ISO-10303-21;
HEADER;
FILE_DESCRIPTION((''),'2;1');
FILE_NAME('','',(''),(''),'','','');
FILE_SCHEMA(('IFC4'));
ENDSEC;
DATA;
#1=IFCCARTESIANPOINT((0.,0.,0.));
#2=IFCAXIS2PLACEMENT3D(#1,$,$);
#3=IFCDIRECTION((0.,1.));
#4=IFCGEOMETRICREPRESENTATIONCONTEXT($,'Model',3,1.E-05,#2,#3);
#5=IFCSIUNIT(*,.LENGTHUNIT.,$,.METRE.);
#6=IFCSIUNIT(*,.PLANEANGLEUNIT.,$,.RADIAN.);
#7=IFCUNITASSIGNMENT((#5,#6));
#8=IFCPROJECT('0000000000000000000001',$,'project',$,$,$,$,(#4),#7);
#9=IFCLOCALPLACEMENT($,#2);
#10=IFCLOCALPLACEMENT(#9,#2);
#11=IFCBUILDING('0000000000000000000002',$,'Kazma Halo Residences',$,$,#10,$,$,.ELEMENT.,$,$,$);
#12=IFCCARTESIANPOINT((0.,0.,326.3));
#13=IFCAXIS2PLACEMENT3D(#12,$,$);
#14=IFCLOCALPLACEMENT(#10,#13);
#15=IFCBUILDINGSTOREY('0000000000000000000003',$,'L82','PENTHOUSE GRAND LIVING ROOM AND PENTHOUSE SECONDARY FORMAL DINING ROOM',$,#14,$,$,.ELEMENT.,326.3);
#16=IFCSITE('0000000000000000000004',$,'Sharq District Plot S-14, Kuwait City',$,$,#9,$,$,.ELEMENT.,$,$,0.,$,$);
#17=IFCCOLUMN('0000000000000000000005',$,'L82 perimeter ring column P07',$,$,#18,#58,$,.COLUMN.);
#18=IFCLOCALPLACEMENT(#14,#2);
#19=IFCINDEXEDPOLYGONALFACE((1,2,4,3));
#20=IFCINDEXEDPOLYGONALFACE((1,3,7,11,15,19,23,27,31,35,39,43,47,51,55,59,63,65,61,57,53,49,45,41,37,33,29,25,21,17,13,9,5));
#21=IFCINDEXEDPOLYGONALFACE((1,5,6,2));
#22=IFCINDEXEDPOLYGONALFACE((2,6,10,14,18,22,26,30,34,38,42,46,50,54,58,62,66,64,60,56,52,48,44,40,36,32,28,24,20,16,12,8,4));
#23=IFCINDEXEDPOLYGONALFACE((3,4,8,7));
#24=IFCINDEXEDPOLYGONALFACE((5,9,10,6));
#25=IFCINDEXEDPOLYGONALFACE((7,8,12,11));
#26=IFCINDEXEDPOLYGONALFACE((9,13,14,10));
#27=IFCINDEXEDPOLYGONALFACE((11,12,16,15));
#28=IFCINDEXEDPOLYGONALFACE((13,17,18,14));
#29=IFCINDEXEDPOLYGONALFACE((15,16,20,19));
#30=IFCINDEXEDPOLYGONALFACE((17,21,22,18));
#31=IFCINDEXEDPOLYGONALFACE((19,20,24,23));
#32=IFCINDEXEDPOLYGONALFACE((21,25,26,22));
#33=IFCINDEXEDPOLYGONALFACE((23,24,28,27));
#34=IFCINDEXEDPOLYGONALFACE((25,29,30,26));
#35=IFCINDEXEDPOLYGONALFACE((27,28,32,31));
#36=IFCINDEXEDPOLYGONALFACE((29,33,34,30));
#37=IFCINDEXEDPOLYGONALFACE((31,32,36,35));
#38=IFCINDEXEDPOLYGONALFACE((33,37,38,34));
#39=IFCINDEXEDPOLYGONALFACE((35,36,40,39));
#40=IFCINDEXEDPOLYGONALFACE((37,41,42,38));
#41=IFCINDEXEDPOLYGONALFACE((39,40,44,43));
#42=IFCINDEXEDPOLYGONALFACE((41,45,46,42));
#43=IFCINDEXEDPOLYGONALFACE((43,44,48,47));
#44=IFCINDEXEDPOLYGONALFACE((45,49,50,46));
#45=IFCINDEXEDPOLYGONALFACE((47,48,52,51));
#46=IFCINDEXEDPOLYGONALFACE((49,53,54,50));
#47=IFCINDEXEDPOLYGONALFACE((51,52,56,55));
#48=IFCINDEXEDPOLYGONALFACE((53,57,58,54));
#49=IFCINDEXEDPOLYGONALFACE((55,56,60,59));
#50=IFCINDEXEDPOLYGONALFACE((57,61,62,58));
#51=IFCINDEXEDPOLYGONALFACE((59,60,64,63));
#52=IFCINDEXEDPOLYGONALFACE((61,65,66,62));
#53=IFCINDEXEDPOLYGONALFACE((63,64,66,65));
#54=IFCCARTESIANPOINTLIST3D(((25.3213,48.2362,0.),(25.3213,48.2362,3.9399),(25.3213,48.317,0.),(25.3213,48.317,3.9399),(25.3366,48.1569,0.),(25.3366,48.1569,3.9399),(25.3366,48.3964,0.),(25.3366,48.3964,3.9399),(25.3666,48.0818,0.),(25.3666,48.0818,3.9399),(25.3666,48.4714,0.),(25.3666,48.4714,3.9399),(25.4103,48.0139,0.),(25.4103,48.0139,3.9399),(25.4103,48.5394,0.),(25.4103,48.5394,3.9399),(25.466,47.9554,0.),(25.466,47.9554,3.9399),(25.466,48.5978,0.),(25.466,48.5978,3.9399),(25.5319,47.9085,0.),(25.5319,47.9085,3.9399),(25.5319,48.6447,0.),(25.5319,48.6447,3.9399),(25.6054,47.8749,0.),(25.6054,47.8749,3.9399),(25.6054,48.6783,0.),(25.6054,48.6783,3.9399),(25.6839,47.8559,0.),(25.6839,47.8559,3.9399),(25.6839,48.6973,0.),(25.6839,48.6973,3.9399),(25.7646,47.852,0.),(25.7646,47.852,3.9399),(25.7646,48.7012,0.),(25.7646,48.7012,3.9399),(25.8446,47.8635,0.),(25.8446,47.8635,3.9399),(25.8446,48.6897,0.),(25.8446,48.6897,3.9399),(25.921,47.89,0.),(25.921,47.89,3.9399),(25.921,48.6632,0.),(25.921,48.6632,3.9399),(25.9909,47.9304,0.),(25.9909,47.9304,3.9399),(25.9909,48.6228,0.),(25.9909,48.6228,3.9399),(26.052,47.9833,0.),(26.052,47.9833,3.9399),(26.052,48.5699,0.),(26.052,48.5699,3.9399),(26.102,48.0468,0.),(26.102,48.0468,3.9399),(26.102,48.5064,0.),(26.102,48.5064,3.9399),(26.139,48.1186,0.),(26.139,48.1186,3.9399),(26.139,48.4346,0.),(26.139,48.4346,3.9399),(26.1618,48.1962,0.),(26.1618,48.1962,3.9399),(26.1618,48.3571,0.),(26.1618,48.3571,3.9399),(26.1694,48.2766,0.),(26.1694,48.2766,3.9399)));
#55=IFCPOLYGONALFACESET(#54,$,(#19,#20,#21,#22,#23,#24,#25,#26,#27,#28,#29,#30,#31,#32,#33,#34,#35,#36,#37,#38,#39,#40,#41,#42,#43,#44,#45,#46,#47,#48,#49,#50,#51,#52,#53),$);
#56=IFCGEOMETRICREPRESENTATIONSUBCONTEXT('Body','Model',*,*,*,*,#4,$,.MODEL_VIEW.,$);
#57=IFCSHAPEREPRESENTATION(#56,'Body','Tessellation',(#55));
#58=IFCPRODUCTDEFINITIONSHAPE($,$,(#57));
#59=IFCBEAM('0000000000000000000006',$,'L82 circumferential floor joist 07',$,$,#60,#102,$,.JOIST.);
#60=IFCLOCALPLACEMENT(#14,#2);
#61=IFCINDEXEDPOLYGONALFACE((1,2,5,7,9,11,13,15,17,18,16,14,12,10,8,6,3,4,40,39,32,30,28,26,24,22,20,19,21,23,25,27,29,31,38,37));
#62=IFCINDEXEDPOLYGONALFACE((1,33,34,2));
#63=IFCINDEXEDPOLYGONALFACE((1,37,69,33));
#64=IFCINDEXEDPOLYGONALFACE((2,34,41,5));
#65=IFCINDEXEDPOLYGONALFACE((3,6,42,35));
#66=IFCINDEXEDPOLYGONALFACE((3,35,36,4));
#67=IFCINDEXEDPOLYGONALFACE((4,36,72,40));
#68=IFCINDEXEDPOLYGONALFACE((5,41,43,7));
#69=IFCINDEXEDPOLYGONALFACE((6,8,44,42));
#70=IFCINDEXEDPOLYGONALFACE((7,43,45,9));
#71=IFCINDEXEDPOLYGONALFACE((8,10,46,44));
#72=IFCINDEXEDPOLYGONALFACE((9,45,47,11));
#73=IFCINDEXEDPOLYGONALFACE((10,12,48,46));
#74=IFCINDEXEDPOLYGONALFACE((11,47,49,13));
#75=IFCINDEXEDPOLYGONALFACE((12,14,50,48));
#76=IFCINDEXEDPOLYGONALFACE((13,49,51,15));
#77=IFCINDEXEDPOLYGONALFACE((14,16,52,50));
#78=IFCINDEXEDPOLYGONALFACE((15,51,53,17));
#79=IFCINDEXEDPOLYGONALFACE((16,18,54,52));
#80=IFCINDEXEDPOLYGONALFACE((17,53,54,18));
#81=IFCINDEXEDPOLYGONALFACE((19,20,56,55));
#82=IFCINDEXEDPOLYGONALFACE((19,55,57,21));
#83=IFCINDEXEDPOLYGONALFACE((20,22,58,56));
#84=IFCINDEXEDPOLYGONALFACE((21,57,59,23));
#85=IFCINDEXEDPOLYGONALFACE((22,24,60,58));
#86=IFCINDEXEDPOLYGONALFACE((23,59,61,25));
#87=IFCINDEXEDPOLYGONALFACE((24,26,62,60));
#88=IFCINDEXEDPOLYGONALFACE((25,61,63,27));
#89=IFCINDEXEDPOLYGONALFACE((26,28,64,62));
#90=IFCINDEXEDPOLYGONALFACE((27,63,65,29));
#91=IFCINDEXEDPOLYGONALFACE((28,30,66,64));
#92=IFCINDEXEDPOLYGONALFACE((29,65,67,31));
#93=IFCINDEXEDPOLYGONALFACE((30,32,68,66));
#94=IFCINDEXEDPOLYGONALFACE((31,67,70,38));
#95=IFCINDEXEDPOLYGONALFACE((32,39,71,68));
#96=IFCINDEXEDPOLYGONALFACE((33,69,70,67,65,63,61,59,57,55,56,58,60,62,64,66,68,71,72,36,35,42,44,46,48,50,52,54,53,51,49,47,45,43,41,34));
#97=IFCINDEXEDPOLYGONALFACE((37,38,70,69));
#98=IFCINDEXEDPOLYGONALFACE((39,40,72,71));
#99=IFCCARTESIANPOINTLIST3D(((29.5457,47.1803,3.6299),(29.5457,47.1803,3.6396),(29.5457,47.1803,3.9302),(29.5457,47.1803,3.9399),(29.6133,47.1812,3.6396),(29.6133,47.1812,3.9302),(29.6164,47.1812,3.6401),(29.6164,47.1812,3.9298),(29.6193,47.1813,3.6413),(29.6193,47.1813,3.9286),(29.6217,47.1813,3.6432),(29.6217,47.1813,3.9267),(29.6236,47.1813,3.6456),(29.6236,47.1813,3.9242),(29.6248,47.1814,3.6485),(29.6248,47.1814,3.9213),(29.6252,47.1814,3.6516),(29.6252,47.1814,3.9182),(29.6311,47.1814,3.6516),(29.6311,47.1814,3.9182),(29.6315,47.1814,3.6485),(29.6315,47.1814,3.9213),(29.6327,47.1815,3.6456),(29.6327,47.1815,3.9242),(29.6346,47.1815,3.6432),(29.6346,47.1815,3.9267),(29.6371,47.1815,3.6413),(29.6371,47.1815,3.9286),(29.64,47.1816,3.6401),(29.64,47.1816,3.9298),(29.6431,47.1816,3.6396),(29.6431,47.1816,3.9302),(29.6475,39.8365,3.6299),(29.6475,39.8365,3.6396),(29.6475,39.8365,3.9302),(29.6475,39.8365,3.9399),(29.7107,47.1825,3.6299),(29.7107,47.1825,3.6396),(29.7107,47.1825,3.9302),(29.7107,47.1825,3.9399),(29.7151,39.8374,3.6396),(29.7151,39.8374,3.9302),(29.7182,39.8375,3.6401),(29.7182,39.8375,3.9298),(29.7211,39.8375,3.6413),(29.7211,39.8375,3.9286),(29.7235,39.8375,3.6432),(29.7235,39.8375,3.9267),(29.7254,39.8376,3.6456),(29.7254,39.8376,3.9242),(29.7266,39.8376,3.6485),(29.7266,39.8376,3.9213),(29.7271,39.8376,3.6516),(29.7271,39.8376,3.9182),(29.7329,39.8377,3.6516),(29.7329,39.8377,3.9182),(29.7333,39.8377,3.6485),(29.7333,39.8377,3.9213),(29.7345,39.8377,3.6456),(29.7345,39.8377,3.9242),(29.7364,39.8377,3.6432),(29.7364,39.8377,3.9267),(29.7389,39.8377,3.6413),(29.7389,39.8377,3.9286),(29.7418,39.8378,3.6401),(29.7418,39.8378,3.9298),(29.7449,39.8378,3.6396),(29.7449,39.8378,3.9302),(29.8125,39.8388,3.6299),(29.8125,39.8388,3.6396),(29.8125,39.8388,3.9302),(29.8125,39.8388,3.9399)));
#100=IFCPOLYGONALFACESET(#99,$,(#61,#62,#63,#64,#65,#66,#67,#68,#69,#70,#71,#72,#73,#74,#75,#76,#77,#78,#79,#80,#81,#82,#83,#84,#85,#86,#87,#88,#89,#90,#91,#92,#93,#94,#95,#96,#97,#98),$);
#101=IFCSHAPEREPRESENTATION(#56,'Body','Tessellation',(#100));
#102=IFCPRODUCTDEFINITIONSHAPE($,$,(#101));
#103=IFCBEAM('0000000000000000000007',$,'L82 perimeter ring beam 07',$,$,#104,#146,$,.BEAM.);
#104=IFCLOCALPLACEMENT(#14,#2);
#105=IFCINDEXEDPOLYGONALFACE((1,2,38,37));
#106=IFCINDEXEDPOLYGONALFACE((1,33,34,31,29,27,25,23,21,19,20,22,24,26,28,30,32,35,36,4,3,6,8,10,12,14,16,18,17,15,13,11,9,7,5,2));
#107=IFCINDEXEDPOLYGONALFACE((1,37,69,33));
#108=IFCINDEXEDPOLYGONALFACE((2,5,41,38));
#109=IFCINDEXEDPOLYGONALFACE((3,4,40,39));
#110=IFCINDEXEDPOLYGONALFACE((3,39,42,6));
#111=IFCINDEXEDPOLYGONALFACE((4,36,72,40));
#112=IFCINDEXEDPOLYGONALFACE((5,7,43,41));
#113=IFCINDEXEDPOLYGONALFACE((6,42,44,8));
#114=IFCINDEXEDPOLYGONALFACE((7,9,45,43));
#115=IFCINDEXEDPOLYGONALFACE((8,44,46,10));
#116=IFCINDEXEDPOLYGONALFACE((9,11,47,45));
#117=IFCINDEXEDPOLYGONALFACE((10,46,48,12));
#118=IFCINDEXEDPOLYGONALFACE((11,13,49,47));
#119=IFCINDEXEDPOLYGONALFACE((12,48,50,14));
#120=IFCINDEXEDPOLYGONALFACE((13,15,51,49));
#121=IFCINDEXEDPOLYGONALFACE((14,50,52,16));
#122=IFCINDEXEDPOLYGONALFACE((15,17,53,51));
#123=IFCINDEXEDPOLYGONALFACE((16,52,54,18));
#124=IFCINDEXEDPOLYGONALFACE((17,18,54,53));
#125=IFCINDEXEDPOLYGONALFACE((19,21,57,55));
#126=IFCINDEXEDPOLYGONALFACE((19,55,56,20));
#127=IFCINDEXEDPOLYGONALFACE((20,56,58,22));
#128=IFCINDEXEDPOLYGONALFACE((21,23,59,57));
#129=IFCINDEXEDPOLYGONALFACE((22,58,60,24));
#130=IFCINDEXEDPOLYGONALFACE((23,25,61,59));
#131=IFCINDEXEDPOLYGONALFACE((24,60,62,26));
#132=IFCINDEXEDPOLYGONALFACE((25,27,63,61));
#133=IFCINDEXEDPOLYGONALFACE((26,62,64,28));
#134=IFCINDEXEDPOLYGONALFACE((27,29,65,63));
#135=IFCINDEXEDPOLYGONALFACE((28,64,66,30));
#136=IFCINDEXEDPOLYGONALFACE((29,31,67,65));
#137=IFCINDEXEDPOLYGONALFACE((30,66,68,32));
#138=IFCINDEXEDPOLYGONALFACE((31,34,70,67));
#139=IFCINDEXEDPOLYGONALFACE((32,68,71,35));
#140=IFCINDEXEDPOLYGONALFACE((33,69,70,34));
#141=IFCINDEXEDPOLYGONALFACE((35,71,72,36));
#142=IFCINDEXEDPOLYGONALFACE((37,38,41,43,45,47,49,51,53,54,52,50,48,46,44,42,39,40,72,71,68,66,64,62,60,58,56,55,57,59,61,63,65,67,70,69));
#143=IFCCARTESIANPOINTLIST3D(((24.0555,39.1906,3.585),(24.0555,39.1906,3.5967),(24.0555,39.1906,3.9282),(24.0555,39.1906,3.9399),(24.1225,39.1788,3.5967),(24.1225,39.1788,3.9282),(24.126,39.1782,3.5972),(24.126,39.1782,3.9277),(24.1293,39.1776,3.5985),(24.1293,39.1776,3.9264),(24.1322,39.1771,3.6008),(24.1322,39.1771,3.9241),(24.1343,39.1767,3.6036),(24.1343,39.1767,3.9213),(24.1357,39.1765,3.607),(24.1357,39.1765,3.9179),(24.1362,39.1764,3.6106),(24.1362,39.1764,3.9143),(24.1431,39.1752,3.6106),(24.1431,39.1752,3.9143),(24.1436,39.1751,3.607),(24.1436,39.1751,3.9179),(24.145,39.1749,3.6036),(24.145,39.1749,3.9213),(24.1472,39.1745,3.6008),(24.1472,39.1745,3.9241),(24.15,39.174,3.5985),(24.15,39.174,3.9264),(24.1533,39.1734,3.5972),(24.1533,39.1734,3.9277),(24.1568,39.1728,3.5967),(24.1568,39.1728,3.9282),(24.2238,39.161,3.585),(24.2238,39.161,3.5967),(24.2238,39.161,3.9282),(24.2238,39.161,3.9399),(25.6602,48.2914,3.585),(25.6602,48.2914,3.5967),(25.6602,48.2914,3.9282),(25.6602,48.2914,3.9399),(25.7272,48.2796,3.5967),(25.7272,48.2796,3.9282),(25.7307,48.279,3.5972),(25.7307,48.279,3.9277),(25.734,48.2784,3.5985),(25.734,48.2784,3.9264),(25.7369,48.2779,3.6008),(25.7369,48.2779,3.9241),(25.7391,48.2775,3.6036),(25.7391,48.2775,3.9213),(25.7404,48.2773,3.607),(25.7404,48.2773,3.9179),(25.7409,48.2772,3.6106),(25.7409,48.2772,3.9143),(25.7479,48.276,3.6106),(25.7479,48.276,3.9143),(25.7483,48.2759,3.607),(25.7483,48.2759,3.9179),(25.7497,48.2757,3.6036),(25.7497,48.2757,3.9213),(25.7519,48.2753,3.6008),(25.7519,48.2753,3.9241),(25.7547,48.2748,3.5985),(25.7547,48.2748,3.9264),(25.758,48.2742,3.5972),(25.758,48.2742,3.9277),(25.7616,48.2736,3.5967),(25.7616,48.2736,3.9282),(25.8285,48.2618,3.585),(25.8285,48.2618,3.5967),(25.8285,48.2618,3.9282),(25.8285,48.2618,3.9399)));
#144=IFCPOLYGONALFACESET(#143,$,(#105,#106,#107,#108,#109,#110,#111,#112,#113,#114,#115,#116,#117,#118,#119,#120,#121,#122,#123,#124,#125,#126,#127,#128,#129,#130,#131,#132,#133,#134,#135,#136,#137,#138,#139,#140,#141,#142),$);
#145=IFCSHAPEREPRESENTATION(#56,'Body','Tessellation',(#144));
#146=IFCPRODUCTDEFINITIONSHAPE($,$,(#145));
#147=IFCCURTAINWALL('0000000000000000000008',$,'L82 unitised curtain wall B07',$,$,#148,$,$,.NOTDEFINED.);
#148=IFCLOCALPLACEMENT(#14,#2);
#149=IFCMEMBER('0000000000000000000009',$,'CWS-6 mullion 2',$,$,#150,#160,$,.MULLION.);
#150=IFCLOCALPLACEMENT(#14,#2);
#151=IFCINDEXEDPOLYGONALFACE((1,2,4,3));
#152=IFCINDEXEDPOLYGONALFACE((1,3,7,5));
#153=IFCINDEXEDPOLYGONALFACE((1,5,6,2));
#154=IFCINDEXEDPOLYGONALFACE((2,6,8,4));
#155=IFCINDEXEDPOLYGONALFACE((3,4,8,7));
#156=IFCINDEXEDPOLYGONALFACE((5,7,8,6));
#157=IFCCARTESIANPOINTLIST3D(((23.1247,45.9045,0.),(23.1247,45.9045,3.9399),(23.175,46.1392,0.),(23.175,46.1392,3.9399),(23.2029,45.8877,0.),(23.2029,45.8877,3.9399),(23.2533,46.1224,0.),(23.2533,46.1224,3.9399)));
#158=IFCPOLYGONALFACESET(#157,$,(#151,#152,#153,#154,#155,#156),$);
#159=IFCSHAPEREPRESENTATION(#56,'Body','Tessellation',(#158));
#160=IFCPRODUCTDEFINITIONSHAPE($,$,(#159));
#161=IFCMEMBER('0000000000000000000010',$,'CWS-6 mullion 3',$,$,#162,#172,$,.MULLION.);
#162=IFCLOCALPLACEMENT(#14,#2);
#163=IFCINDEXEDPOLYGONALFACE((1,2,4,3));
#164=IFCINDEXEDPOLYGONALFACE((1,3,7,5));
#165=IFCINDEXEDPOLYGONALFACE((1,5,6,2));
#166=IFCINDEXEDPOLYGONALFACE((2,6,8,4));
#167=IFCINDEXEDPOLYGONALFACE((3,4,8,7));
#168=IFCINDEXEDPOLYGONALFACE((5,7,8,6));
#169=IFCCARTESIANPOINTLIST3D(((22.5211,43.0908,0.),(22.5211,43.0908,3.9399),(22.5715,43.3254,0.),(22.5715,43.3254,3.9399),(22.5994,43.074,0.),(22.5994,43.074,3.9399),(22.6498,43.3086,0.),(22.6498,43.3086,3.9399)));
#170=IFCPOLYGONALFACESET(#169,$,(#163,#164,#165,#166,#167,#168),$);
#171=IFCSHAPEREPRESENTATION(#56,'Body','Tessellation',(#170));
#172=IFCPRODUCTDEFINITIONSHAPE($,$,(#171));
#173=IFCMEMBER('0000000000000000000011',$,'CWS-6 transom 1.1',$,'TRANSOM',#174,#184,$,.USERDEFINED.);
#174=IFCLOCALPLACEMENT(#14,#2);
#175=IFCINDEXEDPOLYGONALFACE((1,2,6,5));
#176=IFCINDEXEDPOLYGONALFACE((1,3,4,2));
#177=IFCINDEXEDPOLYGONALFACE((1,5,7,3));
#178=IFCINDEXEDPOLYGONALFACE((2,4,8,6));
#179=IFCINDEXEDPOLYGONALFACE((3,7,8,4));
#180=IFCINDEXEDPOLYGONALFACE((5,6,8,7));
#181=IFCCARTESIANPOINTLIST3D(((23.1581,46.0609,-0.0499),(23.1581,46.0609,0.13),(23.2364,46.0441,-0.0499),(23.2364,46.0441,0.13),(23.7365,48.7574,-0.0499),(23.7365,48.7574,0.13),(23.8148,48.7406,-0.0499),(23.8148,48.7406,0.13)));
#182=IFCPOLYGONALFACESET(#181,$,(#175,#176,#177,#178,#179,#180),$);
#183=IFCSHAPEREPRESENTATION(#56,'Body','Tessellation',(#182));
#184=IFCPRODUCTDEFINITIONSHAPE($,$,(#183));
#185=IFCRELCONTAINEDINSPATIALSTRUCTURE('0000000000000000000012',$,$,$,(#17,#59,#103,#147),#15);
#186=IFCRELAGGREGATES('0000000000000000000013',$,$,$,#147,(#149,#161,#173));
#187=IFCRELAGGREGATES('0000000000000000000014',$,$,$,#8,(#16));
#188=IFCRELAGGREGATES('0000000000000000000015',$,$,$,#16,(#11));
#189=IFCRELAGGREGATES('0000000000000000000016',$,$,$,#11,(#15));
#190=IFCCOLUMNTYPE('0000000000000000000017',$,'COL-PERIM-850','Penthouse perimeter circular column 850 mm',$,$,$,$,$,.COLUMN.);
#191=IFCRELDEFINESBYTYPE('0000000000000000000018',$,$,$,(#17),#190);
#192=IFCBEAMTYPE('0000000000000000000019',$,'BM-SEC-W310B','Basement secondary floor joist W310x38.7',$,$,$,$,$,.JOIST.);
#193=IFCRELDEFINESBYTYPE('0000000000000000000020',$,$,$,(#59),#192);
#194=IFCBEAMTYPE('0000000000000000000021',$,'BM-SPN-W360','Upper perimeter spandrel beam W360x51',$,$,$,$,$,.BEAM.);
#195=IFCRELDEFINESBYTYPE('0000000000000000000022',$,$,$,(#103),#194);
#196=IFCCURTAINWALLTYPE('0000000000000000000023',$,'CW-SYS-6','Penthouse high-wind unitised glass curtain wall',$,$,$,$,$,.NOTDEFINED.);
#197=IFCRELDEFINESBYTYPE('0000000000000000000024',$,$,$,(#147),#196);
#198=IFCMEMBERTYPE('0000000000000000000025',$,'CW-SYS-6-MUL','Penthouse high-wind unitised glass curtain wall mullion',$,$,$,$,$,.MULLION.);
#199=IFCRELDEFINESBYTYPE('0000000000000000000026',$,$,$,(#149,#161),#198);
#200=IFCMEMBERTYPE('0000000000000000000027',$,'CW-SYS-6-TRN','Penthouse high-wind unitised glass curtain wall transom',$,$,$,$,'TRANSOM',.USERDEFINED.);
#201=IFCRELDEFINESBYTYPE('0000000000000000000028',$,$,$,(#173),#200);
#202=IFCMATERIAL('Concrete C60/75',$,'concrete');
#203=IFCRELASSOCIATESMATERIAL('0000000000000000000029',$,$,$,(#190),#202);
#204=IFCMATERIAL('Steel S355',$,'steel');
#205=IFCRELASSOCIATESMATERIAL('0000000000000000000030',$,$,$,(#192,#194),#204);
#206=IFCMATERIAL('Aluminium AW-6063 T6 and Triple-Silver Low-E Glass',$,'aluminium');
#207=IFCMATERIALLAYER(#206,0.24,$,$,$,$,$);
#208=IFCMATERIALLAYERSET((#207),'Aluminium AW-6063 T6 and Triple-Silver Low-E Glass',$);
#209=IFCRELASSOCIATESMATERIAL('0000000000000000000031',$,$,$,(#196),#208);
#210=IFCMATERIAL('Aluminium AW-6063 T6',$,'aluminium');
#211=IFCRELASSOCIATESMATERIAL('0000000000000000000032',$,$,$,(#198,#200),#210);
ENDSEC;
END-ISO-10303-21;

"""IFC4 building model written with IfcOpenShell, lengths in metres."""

from ifc_helpers import new_model, si_unit, direction, frame, origin, origin_2d, place, context, subcontext, project, spatial, rectangle, circle, i_section, extrude, material, layer, layer_set, material_profile, profile_set, type_object, element, aggregate, save


model = new_model("IFC4")

# Units and contexts
model_context = context("Model", 3, precision=1e-05, world=origin(), true_north=direction((0.0, 1.0)))
body_context = subcontext(model_context, "Body", "Model", "MODEL_VIEW")
ifc_project = project(units=[si_unit("LENGTHUNIT", "METRE"), si_unit("PLANEANGLEUNIT", "RADIAN")], contexts=[model_context])

# Site, building, storey
site_placement = place(None, origin())
site = spatial("IfcSite", under=ifc_project, at=site_placement, Name="Sharq District Plot S-14, Kuwait City", CompositionType="ELEMENT", RefElevation=0.0)
building_placement = place(site_placement, origin())
building = spatial("IfcBuilding", under=site, at=building_placement, Name="Kazma Halo Residences", CompositionType="ELEMENT")
storey_placement = place(building_placement, frame((0.0, 0.0, 326.3)))
storey = spatial("IfcBuildingStorey", under=building, at=storey_placement, Name="L82", Description="PENTHOUSE GRAND LIVING ROOM AND PENTHOUSE SECONDARY FORMAL DINING ROOM", CompositionType="ELEMENT", Elevation=326.3)

# Column
ifc_material_1 = material(Name="Concrete C60/75", Category="concrete")
ifc_material_profile_1 = material_profile(ifc_material_1, circle(Radius=0.425, at=origin_2d()), Name="CIRC850")
ifc_profile_set_1 = profile_set([ifc_material_profile_1], Name="Concrete C60/75")
column_type = type_object("IfcColumnType", Name="COL-PERIM-850", Description="Penthouse perimeter circular column 850 mm", PredefinedType="COLUMN", material=ifc_profile_set_1)
column_placement = place(storey_placement, frame((25.7444, 48.2766, 0.0), z_axis=(0.0, 0.0, 1.0), x_axis=(1.0, 0.0, 0.0)))
element("IfcColumn", 1, at=column_placement, inside=storey, type_object=column_type, Name="L82 perimeter ring column P07", PredefinedType="COLUMN", context=body_context, shape_type="SweptSolid", body=[
    extrude(circle(Radius=0.425, at=origin_2d()), origin(), (0.0, 0.0, 1.0), 3.9399),
])

# Beams
ifc_material_2 = material(Name="Steel S355", Category="steel")
ifc_material_profile_2 = material_profile(ifc_material_2, i_section(OverallWidth=0.165, OverallDepth=0.3101, WebThickness=0.0059, FlangeThickness=0.0098, FilletRadius=0.012, at=origin_2d()), Name="W310x38.7")
ifc_profile_set_2 = profile_set([ifc_material_profile_2], Name="Steel S355")
beam_type_1 = type_object("IfcBeamType", Name="BM-SEC-W310B", Description="Basement secondary floor joist W310x38.7", PredefinedType="JOIST", material=ifc_profile_set_2)
beam_1_placement = place(storey_placement, frame((29.6282, 47.1814, 3.7849), z_axis=(0.013862, -0.999904, 0.0), x_axis=(0.999904, 0.013862, 0.0)))
element("IfcBeam", 2, at=beam_1_placement, inside=storey, type_object=beam_type_1, Name="L82 circumferential floor joist 07", PredefinedType="JOIST", context=body_context, shape_type="SweptSolid", body=[
    extrude(i_section(OverallWidth=0.165, OverallDepth=0.3101, WebThickness=0.0059, FlangeThickness=0.0098, FilletRadius=0.012, at=origin_2d()), origin(), (0.0, 0.0, 1.0), 7.3445),
])
ifc_material_profile_3 = material_profile(ifc_material_2, i_section(OverallWidth=0.1709, OverallDepth=0.355, WebThickness=0.0071, FlangeThickness=0.0117, FilletRadius=0.0139, at=origin_2d()), Name="W360x51")
ifc_profile_set_3 = profile_set([ifc_material_profile_3], Name="Steel S355")
beam_type_2 = type_object("IfcBeamType", Name="BM-SPN-W360", Description="Upper perimeter spandrel beam W360x51", PredefinedType="BEAM", material=ifc_profile_set_3)
beam_2_placement = place(storey_placement, frame((25.7444, 48.2766, 3.7625), z_axis=(-0.17365, -0.984807, 0.0), x_axis=(0.984807, -0.17365, 0.0)))
element("IfcBeam", 3, at=beam_2_placement, inside=storey, type_object=beam_type_2, Name="L82 perimeter ring beam 07", PredefinedType="BEAM", context=body_context, shape_type="SweptSolid", body=[
    extrude(i_section(OverallWidth=0.1709, OverallDepth=0.355, WebThickness=0.0071, FlangeThickness=0.0117, FilletRadius=0.0139, at=origin_2d()), origin(), (0.0, 0.0, 1.0), 9.2412),
])

# Curtain wall, members
ifc_material_3 = material(Name="Aluminium AW-6063 T6 and Triple-Silver Low-E Glass", Category="aluminium")
ifc_layer_1 = layer(ifc_material_3, 0.24)
ifc_layer_set_1 = layer_set([ifc_layer_1], Name="Aluminium AW-6063 T6 and Triple-Silver Low-E Glass")
curtain_wall_type = type_object("IfcCurtainWallType", Name="CW-SYS-6", Description="Penthouse high-wind unitised glass curtain wall", PredefinedType="NOTDEFINED", material=ifc_layer_set_1)
curtain_wall_placement = place(storey_placement, origin())
curtain_wall = element("IfcCurtainWall", 4, at=curtain_wall_placement, inside=storey, type_object=curtain_wall_type, Name="L82 unitised curtain wall B07", PredefinedType="NOTDEFINED")
ifc_material_4 = material(Name="Aluminium AW-6063 T6", Category="aluminium")
ifc_material_profile_4 = material_profile(ifc_material_4, rectangle(XDim=0.0801, YDim=0.24, at=origin_2d()), Name="CWM-80x240")
ifc_profile_set_4 = profile_set([ifc_material_profile_4], Name="Aluminium AW-6063 T6")
member_type_1 = type_object("IfcMemberType", Name="CW-SYS-6-MUL", Description="Penthouse high-wind unitised glass curtain wall mullion", PredefinedType="MULLION", material=ifc_profile_set_4)
member_1_placement = place(storey_placement, frame((23.189, 46.0134, 0.0), z_axis=(0.0, 0.0, 1.0), x_axis=(0.977761, -0.209723, 0.0)))
member_1 = element("IfcMember", 5, at=member_1_placement, type_object=member_type_1, Name="CWS-6 mullion 2", PredefinedType="MULLION", context=body_context, shape_type="SweptSolid", body=[
    extrude(rectangle(XDim=0.0801, YDim=0.24, at=origin_2d()), origin(), (0.0, 0.0, 1.0), 3.9399),
])
member_2_placement = place(storey_placement, frame((22.5854, 43.1997, 0.0), z_axis=(0.0, 0.0, 1.0), x_axis=(0.977761, -0.209723, 0.0)))
member_2 = element("IfcMember", 6, at=member_2_placement, type_object=member_type_1, Name="CWS-6 mullion 3", PredefinedType="MULLION", context=body_context, shape_type="SweptSolid", body=[
    extrude(rectangle(XDim=0.0801, YDim=0.24, at=origin_2d()), origin(), (0.0, 0.0, 1.0), 3.9399),
])
ifc_material_profile_5 = material_profile(ifc_material_4, rectangle(XDim=0.0801, YDim=0.1799, at=origin_2d()), Name="CWT-80x180")
ifc_profile_set_5 = profile_set([ifc_material_profile_5], Name="Aluminium AW-6063 T6")
member_type_2 = type_object("IfcMemberType", Name="CW-SYS-6-TRN", Description="Penthouse high-wind unitised glass curtain wall transom", ElementType="TRANSOM", PredefinedType="USERDEFINED", material=ifc_profile_set_5)
member_3_placement = place(storey_placement, frame((23.7756, 48.749, 0.04), z_axis=(-0.209716, -0.977762, 0.0), x_axis=(0.977762, -0.209716, 0.0)))
member_3 = element("IfcMember", 7, at=member_3_placement, type_object=member_type_2, Name="CWS-6 transom 1.1", ObjectType="TRANSOM", PredefinedType="USERDEFINED", context=body_context, shape_type="SweptSolid", body=[
    extrude(rectangle(XDim=0.0801, YDim=0.1799, at=origin_2d()), origin(), (0.0, 0.0, 1.0), 2.7578),
])
aggregate(curtain_wall, [member_1, member_2, member_3])

save(model, "model.ifc")
